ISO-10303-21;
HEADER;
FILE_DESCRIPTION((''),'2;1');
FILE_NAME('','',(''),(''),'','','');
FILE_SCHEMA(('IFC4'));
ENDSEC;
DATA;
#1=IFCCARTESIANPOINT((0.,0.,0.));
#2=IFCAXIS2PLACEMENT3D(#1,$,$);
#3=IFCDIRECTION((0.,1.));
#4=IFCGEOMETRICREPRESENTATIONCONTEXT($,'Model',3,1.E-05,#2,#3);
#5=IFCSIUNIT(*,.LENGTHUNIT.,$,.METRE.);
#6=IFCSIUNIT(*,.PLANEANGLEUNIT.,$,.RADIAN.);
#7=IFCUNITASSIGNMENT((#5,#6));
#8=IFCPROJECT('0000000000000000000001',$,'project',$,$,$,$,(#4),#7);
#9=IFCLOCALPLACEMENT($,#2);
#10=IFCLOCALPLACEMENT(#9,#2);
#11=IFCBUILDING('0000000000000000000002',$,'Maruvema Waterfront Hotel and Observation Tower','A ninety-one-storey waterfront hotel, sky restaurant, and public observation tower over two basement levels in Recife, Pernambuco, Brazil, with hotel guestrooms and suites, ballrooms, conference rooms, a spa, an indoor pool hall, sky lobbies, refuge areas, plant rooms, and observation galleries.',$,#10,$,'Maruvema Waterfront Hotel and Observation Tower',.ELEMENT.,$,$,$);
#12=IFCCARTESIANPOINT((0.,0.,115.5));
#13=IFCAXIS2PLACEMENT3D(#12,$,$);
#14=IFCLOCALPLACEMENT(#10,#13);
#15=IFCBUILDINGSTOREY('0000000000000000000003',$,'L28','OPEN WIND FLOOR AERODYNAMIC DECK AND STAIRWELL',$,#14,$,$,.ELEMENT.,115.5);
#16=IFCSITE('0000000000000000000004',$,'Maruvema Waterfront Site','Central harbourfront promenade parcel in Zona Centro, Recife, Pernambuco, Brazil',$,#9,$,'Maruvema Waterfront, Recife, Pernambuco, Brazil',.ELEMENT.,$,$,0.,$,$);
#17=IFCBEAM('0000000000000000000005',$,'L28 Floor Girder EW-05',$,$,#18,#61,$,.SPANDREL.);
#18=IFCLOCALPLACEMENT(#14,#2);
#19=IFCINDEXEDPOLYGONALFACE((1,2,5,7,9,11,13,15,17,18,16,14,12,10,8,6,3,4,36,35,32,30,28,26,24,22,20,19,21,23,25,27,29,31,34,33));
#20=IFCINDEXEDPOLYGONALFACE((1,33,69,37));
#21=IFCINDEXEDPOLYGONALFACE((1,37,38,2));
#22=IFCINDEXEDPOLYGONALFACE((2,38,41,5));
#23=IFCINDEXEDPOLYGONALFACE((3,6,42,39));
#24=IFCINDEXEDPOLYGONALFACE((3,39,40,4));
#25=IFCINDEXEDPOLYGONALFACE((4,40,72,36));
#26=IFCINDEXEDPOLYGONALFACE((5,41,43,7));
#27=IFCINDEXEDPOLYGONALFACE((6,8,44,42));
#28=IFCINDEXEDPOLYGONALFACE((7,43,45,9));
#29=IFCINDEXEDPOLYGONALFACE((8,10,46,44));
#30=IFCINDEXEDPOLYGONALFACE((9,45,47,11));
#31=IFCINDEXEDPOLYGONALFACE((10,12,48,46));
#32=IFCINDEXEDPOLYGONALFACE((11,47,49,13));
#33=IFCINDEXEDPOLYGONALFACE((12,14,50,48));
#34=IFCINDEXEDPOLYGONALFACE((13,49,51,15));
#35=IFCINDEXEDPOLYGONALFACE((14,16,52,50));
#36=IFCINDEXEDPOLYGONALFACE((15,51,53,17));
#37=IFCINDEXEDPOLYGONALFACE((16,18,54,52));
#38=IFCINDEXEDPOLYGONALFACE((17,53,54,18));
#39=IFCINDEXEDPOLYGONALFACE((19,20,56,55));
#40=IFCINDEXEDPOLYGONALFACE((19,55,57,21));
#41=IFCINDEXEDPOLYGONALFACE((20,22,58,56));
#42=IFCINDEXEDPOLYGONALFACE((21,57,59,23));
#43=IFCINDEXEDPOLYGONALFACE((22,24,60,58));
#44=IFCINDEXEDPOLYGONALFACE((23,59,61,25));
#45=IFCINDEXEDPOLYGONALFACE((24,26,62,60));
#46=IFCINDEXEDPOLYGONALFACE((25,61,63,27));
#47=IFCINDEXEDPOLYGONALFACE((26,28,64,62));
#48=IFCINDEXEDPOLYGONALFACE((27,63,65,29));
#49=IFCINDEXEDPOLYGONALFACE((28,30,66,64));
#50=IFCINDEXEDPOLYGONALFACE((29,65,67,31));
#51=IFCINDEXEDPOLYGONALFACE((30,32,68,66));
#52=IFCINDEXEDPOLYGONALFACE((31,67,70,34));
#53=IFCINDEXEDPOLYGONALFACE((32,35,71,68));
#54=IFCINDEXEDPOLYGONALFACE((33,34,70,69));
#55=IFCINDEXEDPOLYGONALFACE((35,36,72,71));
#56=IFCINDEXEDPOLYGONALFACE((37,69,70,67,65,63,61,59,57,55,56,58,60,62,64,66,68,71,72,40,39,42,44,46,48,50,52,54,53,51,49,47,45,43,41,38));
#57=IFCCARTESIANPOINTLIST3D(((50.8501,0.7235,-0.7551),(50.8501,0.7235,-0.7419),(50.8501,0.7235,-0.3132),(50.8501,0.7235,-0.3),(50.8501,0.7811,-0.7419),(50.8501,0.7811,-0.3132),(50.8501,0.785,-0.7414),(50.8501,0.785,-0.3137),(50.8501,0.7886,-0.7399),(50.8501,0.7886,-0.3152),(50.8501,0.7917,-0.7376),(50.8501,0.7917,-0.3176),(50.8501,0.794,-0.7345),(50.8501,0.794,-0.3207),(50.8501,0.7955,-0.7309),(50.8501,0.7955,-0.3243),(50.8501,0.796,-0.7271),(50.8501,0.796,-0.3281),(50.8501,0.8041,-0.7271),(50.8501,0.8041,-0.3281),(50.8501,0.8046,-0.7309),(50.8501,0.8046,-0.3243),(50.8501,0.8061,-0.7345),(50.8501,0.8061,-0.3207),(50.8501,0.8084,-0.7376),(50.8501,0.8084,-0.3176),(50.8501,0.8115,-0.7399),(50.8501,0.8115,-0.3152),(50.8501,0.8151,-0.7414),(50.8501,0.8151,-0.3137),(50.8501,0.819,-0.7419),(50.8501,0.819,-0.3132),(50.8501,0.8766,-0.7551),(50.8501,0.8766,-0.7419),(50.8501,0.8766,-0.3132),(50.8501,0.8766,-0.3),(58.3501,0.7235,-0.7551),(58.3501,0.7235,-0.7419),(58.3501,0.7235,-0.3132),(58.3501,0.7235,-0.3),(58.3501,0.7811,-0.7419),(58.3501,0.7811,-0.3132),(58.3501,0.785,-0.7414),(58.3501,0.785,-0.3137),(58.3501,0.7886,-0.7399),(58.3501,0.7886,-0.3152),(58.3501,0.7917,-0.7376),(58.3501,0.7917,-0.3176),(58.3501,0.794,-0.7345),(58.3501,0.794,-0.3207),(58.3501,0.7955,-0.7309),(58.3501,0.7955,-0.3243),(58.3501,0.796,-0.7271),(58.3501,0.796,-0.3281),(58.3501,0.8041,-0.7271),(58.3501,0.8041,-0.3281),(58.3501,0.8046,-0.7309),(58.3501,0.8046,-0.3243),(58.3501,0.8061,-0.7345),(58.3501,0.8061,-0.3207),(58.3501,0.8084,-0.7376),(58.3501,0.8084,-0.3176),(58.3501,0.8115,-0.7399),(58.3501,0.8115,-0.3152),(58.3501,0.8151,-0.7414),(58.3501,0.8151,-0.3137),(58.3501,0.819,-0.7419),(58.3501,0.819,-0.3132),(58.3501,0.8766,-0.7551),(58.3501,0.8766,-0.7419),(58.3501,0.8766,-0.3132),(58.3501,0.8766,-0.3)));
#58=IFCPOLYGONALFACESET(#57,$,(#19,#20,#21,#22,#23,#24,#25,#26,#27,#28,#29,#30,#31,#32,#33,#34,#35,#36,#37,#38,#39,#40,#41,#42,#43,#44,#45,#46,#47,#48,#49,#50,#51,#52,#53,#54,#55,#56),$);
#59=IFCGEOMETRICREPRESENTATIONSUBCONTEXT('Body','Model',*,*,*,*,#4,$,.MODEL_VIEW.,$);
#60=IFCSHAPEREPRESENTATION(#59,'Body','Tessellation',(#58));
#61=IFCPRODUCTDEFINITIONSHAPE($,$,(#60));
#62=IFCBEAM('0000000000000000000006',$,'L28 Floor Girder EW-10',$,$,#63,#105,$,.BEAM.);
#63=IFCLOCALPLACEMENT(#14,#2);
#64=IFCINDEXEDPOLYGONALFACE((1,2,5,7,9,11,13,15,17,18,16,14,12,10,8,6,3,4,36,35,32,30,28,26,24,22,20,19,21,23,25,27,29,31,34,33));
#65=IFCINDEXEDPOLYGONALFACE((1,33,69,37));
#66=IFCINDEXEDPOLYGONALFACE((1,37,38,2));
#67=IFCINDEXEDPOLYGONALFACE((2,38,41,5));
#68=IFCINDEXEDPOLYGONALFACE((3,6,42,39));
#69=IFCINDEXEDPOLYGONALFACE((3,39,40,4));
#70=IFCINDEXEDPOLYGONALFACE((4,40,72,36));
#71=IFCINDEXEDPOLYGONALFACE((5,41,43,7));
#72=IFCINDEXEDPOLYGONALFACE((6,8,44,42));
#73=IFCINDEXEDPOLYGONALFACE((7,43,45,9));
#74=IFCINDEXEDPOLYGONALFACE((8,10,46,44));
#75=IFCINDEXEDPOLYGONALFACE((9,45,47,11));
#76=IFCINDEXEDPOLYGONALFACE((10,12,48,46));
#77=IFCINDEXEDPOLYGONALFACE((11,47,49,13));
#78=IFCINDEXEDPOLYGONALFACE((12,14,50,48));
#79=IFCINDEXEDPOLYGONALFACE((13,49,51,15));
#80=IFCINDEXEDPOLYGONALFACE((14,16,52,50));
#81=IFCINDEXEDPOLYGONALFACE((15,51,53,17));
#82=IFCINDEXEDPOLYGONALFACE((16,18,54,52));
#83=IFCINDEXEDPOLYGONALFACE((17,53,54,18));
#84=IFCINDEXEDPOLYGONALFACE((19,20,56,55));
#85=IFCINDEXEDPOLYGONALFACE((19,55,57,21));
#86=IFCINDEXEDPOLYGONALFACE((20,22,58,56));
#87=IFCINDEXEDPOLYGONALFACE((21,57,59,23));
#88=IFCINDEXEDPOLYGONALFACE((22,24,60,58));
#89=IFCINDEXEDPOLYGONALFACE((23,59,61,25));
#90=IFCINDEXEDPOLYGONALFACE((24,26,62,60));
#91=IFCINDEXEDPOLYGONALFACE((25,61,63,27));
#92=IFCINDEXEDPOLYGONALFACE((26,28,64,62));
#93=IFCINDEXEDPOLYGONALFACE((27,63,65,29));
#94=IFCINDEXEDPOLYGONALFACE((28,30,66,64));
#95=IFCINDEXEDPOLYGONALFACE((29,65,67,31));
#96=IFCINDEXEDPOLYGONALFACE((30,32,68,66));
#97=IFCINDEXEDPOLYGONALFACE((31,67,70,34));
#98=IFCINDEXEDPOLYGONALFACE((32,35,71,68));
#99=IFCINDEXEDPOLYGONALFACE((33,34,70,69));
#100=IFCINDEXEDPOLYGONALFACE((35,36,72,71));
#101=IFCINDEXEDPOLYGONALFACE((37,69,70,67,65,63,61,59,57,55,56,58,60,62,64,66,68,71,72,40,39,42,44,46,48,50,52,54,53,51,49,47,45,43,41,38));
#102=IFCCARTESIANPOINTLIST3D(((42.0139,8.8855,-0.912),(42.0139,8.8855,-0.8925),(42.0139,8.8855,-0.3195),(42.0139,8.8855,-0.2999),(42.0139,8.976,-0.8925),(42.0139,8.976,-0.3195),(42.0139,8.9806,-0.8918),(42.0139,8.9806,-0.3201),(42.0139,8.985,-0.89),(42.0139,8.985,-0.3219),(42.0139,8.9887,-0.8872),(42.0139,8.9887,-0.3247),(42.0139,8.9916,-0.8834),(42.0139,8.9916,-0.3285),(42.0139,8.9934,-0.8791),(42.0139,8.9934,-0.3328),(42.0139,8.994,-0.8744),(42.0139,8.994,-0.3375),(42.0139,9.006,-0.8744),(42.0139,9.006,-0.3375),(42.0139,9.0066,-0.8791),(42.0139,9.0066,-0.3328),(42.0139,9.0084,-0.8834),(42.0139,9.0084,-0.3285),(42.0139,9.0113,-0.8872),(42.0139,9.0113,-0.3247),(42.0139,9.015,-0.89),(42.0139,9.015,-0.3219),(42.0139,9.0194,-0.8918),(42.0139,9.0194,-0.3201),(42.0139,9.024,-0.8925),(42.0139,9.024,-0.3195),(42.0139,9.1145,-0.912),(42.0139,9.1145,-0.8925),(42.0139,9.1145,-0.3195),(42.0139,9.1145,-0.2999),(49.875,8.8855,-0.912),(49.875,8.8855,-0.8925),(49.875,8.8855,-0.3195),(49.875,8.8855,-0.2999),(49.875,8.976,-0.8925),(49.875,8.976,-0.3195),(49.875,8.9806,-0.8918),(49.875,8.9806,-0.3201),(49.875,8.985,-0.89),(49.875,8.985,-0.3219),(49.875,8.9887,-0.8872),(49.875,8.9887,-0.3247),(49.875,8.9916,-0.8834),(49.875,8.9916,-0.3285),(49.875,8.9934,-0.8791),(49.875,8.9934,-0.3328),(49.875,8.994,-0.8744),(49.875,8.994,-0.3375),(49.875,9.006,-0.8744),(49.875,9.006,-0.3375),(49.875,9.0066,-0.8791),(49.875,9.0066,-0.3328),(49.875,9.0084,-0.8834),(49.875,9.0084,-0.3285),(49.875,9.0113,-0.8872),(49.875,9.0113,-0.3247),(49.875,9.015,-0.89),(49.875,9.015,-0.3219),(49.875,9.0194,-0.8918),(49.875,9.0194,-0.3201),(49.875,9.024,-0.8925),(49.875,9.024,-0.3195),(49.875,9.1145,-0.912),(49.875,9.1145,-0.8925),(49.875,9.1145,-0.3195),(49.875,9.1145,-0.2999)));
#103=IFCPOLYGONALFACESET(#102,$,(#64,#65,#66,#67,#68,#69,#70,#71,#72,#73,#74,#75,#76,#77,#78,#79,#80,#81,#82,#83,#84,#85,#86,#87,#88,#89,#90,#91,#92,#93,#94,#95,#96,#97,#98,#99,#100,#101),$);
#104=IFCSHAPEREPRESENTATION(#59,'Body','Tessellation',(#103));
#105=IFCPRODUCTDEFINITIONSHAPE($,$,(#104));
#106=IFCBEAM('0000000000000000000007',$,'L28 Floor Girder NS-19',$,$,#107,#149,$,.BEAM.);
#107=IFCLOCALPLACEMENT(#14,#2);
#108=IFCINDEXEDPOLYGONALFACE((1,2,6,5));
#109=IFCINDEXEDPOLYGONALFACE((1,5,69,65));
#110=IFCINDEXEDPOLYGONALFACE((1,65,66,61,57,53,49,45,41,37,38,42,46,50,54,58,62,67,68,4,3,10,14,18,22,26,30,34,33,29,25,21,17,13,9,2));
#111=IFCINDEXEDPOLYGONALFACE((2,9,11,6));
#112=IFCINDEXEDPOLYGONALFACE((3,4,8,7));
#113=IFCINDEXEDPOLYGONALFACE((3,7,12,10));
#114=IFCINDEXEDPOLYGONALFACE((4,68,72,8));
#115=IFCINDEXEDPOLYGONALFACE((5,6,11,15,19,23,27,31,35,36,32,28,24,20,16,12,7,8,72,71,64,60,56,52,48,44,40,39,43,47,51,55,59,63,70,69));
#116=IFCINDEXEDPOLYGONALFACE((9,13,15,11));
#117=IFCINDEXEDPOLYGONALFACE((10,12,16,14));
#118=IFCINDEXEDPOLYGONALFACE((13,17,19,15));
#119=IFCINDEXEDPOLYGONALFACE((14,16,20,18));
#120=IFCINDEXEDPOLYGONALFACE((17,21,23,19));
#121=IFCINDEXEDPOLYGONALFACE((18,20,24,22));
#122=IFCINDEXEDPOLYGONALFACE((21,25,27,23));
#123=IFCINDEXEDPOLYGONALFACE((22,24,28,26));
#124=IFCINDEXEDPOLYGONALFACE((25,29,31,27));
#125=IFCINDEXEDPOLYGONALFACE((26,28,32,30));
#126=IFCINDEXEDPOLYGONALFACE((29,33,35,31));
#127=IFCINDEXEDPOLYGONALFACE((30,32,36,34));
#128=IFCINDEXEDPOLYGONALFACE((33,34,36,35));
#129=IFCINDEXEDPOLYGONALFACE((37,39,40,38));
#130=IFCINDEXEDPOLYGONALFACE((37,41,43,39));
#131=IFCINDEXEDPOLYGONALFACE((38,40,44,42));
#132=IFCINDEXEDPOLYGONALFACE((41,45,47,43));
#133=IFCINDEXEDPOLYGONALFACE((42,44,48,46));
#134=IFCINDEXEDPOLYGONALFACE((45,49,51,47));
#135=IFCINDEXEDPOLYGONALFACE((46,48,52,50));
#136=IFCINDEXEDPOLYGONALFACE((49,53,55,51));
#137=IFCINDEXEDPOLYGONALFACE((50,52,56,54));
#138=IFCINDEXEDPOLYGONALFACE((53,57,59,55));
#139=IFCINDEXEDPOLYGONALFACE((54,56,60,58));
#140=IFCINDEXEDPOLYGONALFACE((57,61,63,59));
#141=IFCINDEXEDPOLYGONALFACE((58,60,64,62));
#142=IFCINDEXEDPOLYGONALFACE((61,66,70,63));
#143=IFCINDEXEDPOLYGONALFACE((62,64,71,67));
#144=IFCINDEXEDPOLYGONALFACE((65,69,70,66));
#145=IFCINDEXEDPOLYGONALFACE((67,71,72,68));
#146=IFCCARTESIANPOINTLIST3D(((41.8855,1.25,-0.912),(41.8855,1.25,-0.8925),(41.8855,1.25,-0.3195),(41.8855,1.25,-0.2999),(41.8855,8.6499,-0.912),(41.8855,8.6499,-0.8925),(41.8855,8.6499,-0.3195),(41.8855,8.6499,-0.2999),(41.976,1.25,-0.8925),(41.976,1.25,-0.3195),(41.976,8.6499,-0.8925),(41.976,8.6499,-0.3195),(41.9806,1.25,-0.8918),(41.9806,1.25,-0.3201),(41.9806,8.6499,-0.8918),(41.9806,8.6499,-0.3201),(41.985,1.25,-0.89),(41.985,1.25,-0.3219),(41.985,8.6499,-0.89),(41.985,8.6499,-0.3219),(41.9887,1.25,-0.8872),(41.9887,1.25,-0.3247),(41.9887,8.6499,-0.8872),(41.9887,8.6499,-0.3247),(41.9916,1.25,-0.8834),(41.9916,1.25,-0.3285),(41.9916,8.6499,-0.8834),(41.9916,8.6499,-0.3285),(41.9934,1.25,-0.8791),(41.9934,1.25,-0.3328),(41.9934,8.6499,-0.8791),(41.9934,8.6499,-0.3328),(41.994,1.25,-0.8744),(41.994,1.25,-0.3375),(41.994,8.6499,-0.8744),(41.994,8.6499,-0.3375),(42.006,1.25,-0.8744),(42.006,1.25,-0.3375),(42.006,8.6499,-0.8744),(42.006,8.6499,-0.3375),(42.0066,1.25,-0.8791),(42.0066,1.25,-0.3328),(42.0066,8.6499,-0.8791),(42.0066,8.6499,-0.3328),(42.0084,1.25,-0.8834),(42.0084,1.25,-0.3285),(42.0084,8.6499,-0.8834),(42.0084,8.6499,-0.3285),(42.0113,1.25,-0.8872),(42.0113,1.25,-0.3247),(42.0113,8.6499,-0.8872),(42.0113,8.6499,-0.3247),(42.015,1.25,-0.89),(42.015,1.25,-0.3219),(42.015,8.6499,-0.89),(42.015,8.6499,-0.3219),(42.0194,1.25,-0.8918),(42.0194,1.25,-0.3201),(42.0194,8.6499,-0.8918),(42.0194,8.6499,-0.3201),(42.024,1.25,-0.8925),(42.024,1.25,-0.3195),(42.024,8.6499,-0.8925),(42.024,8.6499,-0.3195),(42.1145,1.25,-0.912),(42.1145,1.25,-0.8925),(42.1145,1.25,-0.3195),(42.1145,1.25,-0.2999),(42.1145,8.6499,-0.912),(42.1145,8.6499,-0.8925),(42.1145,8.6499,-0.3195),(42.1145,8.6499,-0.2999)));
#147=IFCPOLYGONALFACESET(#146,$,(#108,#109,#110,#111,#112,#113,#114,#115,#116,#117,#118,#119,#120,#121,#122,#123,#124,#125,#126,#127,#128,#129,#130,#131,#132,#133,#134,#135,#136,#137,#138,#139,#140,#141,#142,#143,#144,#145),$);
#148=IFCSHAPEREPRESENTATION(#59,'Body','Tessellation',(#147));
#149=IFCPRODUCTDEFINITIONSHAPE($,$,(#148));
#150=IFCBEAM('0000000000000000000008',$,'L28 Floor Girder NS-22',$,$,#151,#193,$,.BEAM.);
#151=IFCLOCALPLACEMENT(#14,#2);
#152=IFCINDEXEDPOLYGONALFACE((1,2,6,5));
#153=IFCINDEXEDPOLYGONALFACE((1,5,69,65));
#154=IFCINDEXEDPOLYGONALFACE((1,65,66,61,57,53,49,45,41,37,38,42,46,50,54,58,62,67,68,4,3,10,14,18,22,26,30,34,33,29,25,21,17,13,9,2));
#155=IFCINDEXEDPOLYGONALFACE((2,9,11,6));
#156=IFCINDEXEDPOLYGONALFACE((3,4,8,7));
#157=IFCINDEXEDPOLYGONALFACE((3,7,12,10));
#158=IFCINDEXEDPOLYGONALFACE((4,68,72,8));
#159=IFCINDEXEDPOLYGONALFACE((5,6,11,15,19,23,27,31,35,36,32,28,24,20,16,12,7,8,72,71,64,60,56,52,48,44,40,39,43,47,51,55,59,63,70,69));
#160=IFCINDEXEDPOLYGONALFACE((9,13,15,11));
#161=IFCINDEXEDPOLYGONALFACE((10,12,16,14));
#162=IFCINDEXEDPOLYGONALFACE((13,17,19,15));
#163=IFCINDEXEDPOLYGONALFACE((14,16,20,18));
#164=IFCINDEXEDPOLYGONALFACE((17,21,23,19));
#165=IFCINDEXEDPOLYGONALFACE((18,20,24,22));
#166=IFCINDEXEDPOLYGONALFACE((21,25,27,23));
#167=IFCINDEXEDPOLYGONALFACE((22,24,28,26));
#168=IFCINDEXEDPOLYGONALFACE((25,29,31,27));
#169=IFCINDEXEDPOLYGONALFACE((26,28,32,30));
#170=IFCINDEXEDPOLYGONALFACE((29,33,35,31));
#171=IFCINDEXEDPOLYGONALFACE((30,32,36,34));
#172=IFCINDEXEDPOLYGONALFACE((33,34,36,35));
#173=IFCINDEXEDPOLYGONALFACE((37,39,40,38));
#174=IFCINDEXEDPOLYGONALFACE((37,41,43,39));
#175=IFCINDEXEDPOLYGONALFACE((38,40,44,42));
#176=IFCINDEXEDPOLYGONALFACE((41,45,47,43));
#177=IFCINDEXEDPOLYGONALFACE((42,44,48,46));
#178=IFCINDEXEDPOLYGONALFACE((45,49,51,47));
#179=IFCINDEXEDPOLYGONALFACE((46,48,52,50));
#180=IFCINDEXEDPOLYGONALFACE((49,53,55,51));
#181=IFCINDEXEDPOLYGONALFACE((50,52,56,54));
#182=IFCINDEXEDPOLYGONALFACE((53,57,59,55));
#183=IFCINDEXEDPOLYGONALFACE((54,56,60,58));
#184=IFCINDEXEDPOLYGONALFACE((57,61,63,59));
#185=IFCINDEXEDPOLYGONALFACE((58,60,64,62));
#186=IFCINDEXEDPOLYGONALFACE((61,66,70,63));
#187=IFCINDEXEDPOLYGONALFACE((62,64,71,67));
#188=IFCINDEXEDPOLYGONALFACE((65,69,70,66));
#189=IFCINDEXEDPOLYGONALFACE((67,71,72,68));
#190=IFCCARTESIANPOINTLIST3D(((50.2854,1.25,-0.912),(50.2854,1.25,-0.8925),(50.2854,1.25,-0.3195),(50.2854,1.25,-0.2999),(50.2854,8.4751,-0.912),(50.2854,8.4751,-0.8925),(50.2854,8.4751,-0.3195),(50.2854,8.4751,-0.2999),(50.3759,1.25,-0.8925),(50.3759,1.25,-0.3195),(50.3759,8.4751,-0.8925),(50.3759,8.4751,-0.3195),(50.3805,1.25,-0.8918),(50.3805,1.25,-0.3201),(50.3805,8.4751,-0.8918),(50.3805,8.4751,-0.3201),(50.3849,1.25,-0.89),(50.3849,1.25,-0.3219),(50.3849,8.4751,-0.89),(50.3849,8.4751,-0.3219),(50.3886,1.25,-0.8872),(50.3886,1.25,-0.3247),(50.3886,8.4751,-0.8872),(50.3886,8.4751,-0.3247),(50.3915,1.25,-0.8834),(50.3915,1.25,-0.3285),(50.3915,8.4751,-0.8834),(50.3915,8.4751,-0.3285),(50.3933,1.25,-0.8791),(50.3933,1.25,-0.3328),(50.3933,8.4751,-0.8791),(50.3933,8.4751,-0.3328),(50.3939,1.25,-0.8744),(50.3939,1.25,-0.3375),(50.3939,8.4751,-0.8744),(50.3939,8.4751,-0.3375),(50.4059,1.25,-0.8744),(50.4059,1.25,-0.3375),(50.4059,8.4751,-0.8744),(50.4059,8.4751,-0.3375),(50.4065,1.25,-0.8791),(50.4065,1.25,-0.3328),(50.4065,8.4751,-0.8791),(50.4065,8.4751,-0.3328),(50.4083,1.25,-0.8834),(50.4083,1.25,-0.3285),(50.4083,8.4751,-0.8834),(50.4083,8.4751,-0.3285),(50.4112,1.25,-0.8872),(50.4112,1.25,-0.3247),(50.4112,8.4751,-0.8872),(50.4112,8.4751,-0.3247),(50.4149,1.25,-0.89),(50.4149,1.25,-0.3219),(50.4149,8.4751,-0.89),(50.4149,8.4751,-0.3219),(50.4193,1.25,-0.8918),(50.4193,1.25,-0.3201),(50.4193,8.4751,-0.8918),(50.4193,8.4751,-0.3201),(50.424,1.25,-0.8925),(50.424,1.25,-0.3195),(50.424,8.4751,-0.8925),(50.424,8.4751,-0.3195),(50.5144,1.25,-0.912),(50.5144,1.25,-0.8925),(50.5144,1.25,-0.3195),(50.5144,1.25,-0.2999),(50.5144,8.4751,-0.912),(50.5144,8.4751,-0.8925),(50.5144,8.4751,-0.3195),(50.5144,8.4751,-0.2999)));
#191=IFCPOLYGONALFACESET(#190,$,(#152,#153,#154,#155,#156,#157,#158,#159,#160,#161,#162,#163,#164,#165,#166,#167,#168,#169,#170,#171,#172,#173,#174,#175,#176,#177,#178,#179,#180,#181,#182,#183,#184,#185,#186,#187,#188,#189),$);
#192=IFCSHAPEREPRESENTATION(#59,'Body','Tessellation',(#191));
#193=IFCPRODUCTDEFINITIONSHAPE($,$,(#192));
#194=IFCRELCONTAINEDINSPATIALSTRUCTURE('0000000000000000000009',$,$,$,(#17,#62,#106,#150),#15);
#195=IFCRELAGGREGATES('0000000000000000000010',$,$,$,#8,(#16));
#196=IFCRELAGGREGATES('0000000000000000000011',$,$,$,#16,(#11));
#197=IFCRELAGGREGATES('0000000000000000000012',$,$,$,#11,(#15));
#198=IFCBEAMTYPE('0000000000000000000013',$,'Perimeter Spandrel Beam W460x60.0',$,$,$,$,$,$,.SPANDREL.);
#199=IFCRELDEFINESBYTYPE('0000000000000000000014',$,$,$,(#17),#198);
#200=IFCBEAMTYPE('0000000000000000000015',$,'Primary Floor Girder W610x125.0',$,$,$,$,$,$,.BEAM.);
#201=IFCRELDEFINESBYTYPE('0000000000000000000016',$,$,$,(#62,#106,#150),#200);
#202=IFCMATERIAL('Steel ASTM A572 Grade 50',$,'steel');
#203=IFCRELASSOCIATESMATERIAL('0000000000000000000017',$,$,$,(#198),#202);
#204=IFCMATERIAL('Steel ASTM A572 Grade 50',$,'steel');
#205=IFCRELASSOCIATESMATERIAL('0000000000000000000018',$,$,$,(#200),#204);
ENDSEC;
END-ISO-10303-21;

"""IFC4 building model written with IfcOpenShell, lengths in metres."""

from ifc_helpers import new_model, si_unit, direction, frame, origin, origin_2d, place, context, subcontext, project, spatial, i_section, extrude, material, material_profile, profile_set, type_object, element, save


model = new_model("IFC4")

# Units and contexts
model_context = context("Model", 3, precision=1e-05, world=origin(), true_north=direction((0.0, 1.0)))
body_context = subcontext(model_context, "Body", "Model", "MODEL_VIEW")
ifc_project = project(units=[si_unit("LENGTHUNIT", "METRE"), si_unit("PLANEANGLEUNIT", "RADIAN")], contexts=[model_context])

# Site, building, storey
site_placement = place(None, origin())
site = spatial("IfcSite", under=ifc_project, at=site_placement, Name="Maruvema Waterfront Site", Description="Central harbourfront promenade parcel in Zona Centro, Recife, Pernambuco, Brazil", LongName="Maruvema Waterfront, Recife, Pernambuco, Brazil", CompositionType="ELEMENT", RefElevation=0.0)
building_placement = place(site_placement, origin())
building = spatial("IfcBuilding", under=site, at=building_placement, Name="Maruvema Waterfront Hotel and Observation Tower", Description="A ninety-one-storey waterfront hotel, sky restaurant, and public observation tower over two basement levels in Recife, Pernambuco, Brazil, with hotel guestrooms and suites, ballrooms, conference rooms, a spa, an indoor pool hall, sky lobbies, refuge areas, plant rooms, and observation galleries.", LongName="Maruvema Waterfront Hotel and Observation Tower", CompositionType="ELEMENT")
storey_placement = place(building_placement, frame((0.0, 0.0, 115.5)))
storey = spatial("IfcBuildingStorey", under=building, at=storey_placement, Name="L28", Description="OPEN WIND FLOOR AERODYNAMIC DECK AND STAIRWELL", CompositionType="ELEMENT", Elevation=115.5)

# Beams
ifc_material_1 = material(Name="Steel ASTM A572 Grade 50", Category="steel")
ifc_material_profile_1 = material_profile(ifc_material_1, i_section(OverallWidth=0.1531, OverallDepth=0.4551, WebThickness=0.0081, FlangeThickness=0.0132, FilletRadius=0.0149, at=origin_2d()), Name="W460x60.0")
ifc_profile_set_1 = profile_set([ifc_material_profile_1], Name="Steel ASTM A572 Grade 50")
beam_type_1 = type_object("IfcBeamType", Name="Perimeter Spandrel Beam W460x60.0", PredefinedType="SPANDREL", material=ifc_profile_set_1)
for number, where, z_axis, x_axis, name in (
    (1, (50.8501, 0.8, -0.5276), (1.0, 0.0, 0.0), (0.0, 1.0, 0.0), "L28 Floor Girder EW-05"),
):
    element("IfcBeam", number, at=place(storey_placement, frame(where, z_axis=z_axis, x_axis=x_axis)), inside=storey, type_object=beam_type_1, Name=name, PredefinedType="SPANDREL", context=body_context, shape_type="SweptSolid", body=[
        extrude(i_section(OverallWidth=0.1531, OverallDepth=0.4551, WebThickness=0.0081, FlangeThickness=0.0132, FilletRadius=0.0149, at=origin_2d()), origin(), (0.0, 0.0, 1.0), 7.5),
    ])
ifc_material_2 = material(Name="Steel ASTM A572 Grade 50", Category="steel")
ifc_material_profile_2 = material_profile(ifc_material_2, i_section(OverallWidth=0.229, OverallDepth=0.6121, WebThickness=0.012, FlangeThickness=0.0195, FilletRadius=0.0181, at=origin_2d()), Name="W610x125.0")
ifc_profile_set_2 = profile_set([ifc_material_profile_2], Name="Steel ASTM A572 Grade 50")
beam_type_2 = type_object("IfcBeamType", Name="Primary Floor Girder W610x125.0", PredefinedType="BEAM", material=ifc_profile_set_2)
beam_1_placement = place(storey_placement, frame((42.0139, 9.0, -0.606), z_axis=(1.0, 0.0, 0.0), x_axis=(0.0, 1.0, 0.0)))
element("IfcBeam", 2, at=beam_1_placement, inside=storey, type_object=beam_type_2, Name="L28 Floor Girder EW-10", PredefinedType="BEAM", context=body_context, shape_type="SweptSolid", body=[
    extrude(i_section(OverallWidth=0.229, OverallDepth=0.6121, WebThickness=0.012, FlangeThickness=0.0195, FilletRadius=0.0181, at=origin_2d()), origin(), (0.0, 0.0, 1.0), 7.8611),
])
beam_2_placement = place(storey_placement, frame((42.0, 1.25, -0.606), z_axis=(0.0, 1.0, 0.0), x_axis=(-1.0, 0.0, 0.0)))
element("IfcBeam", 3, at=beam_2_placement, inside=storey, type_object=beam_type_2, Name="L28 Floor Girder NS-19", PredefinedType="BEAM", context=body_context, shape_type="SweptSolid", body=[
    extrude(i_section(OverallWidth=0.229, OverallDepth=0.6121, WebThickness=0.012, FlangeThickness=0.0195, FilletRadius=0.0181, at=origin_2d()), origin(), (0.0, 0.0, 1.0), 7.3999),
])
beam_3_placement = place(storey_placement, frame((50.3999, 1.25, -0.606), z_axis=(0.0, 1.0, 0.0), x_axis=(-1.0, 0.0, 0.0)))
element("IfcBeam", 4, at=beam_3_placement, inside=storey, type_object=beam_type_2, Name="L28 Floor Girder NS-22", PredefinedType="BEAM", context=body_context, shape_type="SweptSolid", body=[
    extrude(i_section(OverallWidth=0.229, OverallDepth=0.6121, WebThickness=0.012, FlangeThickness=0.0195, FilletRadius=0.0181, at=origin_2d()), origin(), (0.0, 0.0, 1.0), 7.2251),
])

save(model, "model.ifc")
